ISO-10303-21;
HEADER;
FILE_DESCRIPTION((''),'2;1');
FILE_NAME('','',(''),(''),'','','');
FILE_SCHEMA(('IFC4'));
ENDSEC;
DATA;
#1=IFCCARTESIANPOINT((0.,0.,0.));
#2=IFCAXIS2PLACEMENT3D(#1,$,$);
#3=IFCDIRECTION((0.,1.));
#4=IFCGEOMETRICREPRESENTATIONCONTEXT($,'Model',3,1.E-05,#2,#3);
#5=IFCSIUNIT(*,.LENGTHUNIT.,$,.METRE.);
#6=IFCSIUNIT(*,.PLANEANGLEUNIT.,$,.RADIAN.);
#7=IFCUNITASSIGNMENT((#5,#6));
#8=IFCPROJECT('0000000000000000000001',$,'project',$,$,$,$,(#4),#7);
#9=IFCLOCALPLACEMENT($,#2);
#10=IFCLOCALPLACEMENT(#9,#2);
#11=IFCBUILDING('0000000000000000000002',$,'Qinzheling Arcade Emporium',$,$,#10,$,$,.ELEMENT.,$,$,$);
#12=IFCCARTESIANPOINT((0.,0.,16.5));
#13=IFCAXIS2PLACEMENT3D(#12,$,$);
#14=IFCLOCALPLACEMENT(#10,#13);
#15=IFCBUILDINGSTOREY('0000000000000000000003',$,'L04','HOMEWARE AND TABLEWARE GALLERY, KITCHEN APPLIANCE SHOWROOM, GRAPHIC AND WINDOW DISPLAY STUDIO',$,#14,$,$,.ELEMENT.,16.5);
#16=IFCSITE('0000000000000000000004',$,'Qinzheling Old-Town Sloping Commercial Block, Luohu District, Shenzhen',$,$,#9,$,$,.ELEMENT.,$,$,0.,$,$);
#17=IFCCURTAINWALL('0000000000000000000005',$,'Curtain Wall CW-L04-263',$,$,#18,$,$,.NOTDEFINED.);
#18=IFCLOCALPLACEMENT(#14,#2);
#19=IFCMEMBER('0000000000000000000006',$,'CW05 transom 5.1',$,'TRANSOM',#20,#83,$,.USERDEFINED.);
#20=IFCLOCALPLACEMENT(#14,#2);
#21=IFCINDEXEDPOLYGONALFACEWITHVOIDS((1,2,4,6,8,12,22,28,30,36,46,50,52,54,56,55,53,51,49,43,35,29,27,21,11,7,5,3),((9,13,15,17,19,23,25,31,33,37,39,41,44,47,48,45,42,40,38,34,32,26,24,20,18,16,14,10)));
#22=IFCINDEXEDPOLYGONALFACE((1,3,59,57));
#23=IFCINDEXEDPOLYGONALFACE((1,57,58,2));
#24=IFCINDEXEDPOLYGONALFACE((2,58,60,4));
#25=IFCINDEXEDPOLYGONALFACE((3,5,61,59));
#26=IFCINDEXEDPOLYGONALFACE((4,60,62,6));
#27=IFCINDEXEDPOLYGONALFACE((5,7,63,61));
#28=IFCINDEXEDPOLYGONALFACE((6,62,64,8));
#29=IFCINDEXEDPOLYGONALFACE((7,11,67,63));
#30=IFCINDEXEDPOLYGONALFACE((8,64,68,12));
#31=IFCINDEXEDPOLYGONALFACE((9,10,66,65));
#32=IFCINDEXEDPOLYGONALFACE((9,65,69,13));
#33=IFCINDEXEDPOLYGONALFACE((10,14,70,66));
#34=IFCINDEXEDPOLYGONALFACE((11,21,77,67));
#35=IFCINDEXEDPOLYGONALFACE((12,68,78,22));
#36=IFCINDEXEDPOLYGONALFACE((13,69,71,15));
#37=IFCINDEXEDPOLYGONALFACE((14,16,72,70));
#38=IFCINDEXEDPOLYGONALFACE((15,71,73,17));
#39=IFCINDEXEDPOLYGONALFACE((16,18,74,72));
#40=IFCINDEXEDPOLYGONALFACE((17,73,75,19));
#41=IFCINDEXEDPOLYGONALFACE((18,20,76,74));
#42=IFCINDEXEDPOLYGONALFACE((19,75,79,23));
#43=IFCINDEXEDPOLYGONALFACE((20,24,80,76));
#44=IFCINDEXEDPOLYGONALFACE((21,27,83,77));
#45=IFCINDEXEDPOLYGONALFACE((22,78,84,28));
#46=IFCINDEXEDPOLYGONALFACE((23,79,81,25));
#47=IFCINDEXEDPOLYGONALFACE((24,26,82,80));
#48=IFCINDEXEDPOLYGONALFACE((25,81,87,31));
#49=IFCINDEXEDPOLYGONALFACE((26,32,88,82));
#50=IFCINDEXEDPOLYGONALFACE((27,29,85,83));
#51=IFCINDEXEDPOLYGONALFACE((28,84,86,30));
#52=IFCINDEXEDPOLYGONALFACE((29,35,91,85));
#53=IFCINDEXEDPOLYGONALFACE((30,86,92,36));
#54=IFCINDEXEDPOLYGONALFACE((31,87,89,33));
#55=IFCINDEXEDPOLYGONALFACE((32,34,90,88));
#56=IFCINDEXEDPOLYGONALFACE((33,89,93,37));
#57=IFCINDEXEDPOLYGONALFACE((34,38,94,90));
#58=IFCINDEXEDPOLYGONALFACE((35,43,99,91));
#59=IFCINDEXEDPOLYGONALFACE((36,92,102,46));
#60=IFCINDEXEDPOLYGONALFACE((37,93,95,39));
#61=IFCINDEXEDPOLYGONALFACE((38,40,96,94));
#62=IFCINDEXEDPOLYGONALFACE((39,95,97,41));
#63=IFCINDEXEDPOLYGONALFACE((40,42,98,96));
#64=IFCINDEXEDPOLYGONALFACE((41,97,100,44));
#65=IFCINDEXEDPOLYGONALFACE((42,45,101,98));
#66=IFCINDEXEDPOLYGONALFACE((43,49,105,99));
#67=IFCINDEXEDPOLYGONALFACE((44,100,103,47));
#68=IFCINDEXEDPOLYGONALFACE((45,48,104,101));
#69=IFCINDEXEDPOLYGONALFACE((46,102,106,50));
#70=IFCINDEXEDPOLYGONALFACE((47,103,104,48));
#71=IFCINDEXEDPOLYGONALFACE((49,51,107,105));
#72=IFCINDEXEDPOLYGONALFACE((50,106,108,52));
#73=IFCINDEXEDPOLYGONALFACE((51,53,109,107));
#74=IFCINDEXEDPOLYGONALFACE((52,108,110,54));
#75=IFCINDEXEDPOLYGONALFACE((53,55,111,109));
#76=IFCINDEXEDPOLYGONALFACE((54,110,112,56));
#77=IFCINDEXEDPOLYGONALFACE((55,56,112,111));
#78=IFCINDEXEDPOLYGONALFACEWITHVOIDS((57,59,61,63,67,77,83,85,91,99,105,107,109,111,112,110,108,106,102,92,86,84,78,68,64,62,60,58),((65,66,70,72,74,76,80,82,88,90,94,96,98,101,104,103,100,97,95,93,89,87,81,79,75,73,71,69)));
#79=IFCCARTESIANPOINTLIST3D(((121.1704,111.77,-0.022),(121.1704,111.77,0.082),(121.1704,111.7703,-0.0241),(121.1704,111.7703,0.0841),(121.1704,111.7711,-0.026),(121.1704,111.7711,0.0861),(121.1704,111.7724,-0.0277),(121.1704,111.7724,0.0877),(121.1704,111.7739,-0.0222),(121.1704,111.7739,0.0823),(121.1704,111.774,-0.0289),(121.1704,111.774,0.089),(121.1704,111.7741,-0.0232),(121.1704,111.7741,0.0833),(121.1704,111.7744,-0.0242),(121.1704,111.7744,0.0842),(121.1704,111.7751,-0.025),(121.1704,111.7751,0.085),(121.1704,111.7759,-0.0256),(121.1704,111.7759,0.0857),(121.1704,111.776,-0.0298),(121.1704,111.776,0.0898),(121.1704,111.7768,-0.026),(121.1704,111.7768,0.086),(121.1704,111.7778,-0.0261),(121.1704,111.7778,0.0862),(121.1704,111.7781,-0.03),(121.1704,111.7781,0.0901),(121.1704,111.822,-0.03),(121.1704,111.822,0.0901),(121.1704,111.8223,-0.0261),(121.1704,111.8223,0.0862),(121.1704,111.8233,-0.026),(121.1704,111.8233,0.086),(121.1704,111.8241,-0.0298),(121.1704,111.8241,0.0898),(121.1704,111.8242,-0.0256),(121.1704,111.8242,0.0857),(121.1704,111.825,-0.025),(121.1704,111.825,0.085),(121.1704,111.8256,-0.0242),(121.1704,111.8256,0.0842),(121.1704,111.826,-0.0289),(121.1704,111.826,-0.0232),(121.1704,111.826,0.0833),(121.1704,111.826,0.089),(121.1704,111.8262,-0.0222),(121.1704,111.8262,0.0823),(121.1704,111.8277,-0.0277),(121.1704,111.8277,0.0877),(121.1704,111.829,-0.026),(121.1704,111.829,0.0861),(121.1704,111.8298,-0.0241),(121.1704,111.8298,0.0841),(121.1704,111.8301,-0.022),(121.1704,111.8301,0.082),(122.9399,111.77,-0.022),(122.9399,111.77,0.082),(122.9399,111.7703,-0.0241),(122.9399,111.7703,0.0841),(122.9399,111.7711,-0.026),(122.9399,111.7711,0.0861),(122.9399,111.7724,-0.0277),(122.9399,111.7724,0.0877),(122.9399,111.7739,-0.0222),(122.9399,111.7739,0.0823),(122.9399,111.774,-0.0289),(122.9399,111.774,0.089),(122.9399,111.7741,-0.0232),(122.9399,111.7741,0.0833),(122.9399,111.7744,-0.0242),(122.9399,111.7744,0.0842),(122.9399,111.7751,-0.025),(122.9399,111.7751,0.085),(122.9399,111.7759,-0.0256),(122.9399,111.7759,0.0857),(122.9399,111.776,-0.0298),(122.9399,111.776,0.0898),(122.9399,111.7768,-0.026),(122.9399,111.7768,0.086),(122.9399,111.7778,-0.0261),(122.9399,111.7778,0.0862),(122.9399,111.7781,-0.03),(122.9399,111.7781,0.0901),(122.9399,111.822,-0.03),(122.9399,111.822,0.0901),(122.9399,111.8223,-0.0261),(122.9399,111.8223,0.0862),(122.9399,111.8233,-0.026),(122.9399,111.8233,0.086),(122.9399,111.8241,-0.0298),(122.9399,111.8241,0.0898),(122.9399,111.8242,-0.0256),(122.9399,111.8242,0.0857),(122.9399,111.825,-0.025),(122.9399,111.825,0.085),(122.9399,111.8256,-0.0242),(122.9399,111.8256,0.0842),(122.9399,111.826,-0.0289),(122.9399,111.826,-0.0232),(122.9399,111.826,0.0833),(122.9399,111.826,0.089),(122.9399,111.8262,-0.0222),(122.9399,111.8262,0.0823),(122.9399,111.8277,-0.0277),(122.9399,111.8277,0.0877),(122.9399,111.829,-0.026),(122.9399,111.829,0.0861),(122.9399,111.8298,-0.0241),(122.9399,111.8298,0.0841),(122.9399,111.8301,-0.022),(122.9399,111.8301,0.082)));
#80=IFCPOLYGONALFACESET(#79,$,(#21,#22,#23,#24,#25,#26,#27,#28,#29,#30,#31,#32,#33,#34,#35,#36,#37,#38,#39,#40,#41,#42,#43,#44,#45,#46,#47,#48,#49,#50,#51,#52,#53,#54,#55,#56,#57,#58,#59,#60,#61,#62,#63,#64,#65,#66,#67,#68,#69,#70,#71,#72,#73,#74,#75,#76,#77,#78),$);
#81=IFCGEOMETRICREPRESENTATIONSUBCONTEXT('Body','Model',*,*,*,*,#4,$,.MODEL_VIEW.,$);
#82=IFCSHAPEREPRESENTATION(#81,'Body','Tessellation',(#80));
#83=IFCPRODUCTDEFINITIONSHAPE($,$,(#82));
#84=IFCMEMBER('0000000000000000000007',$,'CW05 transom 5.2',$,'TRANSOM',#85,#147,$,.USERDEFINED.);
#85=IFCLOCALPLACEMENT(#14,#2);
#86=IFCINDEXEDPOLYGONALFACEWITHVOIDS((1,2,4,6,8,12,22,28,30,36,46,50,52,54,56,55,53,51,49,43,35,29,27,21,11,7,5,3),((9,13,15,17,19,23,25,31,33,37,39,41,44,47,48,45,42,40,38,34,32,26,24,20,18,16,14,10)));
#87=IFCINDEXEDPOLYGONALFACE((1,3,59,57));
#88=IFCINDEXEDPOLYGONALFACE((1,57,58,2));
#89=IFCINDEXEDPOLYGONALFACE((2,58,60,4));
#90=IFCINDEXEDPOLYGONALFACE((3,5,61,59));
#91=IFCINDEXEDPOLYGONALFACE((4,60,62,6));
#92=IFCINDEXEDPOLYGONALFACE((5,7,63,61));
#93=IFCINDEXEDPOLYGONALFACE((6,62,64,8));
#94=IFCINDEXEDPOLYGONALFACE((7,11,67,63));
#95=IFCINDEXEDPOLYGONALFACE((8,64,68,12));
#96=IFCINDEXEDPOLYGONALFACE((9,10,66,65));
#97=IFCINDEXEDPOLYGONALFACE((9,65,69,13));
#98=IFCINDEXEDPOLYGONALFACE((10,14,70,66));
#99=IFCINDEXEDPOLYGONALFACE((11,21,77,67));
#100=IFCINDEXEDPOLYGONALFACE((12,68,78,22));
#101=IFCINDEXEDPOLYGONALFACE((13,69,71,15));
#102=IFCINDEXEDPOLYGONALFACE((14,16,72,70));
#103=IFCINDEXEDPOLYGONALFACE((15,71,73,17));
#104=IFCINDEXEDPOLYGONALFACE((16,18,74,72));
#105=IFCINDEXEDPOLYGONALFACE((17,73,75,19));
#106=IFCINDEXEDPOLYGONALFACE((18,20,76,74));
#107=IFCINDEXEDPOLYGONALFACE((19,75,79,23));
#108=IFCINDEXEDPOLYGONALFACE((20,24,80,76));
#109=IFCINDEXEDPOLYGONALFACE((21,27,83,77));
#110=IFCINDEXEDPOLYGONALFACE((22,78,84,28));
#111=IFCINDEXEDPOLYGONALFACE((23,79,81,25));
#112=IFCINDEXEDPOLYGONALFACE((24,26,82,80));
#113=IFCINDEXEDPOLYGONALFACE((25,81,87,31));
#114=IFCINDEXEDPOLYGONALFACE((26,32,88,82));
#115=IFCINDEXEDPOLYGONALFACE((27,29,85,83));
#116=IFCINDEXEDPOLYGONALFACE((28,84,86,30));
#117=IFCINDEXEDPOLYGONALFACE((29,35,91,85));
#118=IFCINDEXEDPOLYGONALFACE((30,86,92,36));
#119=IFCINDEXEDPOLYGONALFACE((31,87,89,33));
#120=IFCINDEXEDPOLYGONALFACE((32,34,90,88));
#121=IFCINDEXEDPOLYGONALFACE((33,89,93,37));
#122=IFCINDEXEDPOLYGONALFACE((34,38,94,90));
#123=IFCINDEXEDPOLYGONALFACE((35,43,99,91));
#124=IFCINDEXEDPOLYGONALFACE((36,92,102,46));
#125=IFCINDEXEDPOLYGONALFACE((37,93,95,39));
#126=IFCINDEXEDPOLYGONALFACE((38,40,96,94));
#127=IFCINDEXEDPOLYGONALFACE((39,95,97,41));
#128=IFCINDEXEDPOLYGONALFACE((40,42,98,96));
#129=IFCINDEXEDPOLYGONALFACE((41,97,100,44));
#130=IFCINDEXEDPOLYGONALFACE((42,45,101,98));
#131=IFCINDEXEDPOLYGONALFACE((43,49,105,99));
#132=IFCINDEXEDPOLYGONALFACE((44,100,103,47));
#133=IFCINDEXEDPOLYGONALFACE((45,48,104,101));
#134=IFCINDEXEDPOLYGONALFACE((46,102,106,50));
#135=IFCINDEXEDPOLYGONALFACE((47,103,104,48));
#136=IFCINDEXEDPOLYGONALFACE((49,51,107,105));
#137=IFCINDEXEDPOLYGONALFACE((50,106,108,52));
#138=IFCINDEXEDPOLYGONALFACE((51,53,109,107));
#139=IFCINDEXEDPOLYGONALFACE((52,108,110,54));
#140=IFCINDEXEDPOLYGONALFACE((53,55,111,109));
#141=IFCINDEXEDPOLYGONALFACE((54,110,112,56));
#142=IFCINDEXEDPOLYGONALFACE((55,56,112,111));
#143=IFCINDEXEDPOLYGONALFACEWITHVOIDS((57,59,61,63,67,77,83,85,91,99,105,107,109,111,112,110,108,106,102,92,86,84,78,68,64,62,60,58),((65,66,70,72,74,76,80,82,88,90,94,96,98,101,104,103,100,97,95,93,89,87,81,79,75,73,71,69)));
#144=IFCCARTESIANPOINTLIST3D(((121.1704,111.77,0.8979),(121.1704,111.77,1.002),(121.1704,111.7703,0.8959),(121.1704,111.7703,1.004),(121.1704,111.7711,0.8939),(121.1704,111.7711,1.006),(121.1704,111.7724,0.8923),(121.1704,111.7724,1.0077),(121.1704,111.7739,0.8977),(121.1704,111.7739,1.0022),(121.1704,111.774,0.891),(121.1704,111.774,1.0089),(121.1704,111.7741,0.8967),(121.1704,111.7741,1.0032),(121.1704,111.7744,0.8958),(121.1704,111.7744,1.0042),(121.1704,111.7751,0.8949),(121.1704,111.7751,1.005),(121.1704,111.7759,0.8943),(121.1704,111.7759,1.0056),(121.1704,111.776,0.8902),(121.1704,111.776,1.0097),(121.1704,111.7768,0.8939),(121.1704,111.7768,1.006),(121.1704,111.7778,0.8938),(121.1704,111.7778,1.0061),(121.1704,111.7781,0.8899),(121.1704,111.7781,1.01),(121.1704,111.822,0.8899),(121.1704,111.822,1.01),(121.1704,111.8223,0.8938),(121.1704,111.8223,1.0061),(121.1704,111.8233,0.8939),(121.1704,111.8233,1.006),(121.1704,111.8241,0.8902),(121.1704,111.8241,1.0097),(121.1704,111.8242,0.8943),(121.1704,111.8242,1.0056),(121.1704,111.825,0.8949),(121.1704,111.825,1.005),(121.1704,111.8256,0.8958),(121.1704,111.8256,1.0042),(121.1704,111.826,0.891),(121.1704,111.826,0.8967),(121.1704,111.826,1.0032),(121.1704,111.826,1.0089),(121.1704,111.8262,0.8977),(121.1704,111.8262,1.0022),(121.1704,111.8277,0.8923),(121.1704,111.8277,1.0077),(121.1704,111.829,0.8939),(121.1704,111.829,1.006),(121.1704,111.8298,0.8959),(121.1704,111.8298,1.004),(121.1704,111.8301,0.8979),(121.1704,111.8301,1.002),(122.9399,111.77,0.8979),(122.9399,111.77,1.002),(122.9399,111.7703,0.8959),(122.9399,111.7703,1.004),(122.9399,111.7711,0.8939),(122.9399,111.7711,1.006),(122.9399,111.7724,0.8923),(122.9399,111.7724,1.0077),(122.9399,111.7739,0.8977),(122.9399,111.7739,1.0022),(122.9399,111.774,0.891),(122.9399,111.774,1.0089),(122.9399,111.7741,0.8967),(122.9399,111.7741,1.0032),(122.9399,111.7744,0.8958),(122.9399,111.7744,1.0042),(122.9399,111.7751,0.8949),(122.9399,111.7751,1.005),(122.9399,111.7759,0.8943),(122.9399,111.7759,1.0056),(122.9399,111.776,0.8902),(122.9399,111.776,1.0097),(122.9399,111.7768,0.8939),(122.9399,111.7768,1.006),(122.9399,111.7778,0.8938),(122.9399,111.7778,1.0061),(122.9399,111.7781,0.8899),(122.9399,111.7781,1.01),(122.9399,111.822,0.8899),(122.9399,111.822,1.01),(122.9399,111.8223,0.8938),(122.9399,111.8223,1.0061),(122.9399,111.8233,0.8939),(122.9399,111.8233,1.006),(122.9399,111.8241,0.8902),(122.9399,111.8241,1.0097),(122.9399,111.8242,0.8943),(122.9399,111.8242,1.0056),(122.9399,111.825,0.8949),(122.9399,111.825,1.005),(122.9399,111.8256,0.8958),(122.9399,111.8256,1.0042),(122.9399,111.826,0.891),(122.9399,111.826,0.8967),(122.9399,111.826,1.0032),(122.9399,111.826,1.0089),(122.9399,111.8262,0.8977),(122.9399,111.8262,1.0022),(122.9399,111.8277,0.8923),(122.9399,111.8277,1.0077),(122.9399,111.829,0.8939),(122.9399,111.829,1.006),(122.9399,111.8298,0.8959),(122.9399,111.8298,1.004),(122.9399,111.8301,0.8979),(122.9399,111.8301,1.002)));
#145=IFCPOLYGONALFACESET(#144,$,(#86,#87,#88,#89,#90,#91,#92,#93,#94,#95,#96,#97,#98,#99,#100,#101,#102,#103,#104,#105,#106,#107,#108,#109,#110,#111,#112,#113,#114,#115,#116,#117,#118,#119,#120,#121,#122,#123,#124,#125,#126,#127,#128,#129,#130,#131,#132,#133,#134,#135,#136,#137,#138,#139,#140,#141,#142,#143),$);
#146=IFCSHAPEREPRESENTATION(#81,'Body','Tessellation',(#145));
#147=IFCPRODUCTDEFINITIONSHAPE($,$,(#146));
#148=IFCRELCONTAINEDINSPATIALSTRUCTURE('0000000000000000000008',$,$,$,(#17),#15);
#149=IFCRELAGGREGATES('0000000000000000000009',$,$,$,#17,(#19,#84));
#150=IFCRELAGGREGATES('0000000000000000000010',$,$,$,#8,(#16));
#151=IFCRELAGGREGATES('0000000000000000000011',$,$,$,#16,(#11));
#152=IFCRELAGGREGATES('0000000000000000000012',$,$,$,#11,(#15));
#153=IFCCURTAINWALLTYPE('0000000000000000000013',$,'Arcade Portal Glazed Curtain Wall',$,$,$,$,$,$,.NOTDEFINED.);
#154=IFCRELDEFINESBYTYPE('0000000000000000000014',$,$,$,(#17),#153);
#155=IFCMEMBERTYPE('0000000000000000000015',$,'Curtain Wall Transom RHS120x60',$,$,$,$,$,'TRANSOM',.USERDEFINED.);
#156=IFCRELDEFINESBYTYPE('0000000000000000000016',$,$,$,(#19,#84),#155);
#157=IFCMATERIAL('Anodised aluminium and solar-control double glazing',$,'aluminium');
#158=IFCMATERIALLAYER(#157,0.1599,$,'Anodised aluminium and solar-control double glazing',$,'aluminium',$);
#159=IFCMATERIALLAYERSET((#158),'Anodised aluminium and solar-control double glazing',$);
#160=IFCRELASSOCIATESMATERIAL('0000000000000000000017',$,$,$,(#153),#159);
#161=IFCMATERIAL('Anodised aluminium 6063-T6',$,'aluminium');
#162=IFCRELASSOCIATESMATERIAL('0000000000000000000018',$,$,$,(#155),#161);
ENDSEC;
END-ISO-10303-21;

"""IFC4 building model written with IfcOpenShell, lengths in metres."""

from ifc_helpers import new_model, si_unit, direction, frame, origin, origin_2d, place, context, subcontext, project, spatial, hollow_rectangle, extrude, material, layer, layer_set, material_profile, profile_set, type_object, element, aggregate, save


model = new_model("IFC4")

# Units and contexts
model_context = context("Model", 3, precision=1e-05, world=origin(), true_north=direction((0.0, 1.0)))
body_context = subcontext(model_context, "Body", "Model", "MODEL_VIEW")
ifc_project = project(units=[si_unit("LENGTHUNIT", "METRE"), si_unit("PLANEANGLEUNIT", "RADIAN")], contexts=[model_context])

# Site, building, storey
site_placement = place(None, origin())
site = spatial("IfcSite", under=ifc_project, at=site_placement, Name="Qinzheling Old-Town Sloping Commercial Block, Luohu District, Shenzhen", CompositionType="ELEMENT", RefElevation=0.0)
building_placement = place(site_placement, origin())
building = spatial("IfcBuilding", under=site, at=building_placement, Name="Qinzheling Arcade Emporium", CompositionType="ELEMENT")
storey_placement = place(building_placement, frame((0.0, 0.0, 16.5)))
storey = spatial("IfcBuildingStorey", under=building, at=storey_placement, Name="L04", Description="HOMEWARE AND TABLEWARE GALLERY, KITCHEN APPLIANCE SHOWROOM, GRAPHIC AND WINDOW DISPLAY STUDIO", CompositionType="ELEMENT", Elevation=16.5)

# Curtain wall, members
ifc_material_1 = material(Name="Anodised aluminium and solar-control double glazing", Category="aluminium")
ifc_layer_1 = layer(ifc_material_1, 0.1599, Name="Anodised aluminium and solar-control double glazing", Category="aluminium")
ifc_layer_set_1 = layer_set([ifc_layer_1], Name="Anodised aluminium and solar-control double glazing")
curtain_wall_type = type_object("IfcCurtainWallType", Name="Arcade Portal Glazed Curtain Wall", PredefinedType="NOTDEFINED", material=ifc_layer_set_1)
curtain_wall_placement = place(storey_placement, origin())
curtain_wall = element("IfcCurtainWall", 1, at=curtain_wall_placement, inside=storey, type_object=curtain_wall_type, Name="Curtain Wall CW-L04-263", PredefinedType="NOTDEFINED")
ifc_material_2 = material(Name="Anodised aluminium 6063-T6", Category="aluminium")
ifc_material_profile_1 = material_profile(ifc_material_2, hollow_rectangle(XDim=0.0601, YDim=0.1201, WallThickness=0.0039, InnerFilletRadius=0.0039, OuterFilletRadius=0.0081, at=origin_2d()), Name="RHS 120x60x4", Category="aluminium")
ifc_profile_set_1 = profile_set([ifc_material_profile_1], Name="Anodised aluminium 6063-T6")
member_type_1 = type_object("IfcMemberType", Name="Curtain Wall Transom RHS120x60", ElementType="TRANSOM", PredefinedType="USERDEFINED", material=ifc_profile_set_1)
member_1_placement = place(storey_placement, frame((121.1704, 111.8, 0.03), z_axis=(1.0, 0.0, 0.0), x_axis=(0.0, 1.0, 0.0)))
member_1 = element("IfcMember", 2, at=member_1_placement, type_object=member_type_1, Name="CW05 transom 5.1", ObjectType="TRANSOM", PredefinedType="USERDEFINED", context=body_context, shape_type="SweptSolid", body=[
    extrude(hollow_rectangle(XDim=0.0601, YDim=0.1201, WallThickness=0.0039, InnerFilletRadius=0.0039, OuterFilletRadius=0.0081, at=origin_2d()), origin(), (0.0, 0.0, 1.0), 1.7695),
])
member_2_placement = place(storey_placement, frame((121.1704, 111.8, 0.95), z_axis=(1.0, 0.0, 0.0), x_axis=(0.0, 1.0, 0.0)))
member_2 = element("IfcMember", 3, at=member_2_placement, type_object=member_type_1, Name="CW05 transom 5.2", ObjectType="TRANSOM", PredefinedType="USERDEFINED", context=body_context, shape_type="SweptSolid", body=[
    extrude(hollow_rectangle(XDim=0.0601, YDim=0.1201, WallThickness=0.0039, InnerFilletRadius=0.0039, OuterFilletRadius=0.0081, at=origin_2d()), origin(), (0.0, 0.0, 1.0), 1.7695),
])
aggregate(curtain_wall, [member_1, member_2])

save(model, "model.ifc")
